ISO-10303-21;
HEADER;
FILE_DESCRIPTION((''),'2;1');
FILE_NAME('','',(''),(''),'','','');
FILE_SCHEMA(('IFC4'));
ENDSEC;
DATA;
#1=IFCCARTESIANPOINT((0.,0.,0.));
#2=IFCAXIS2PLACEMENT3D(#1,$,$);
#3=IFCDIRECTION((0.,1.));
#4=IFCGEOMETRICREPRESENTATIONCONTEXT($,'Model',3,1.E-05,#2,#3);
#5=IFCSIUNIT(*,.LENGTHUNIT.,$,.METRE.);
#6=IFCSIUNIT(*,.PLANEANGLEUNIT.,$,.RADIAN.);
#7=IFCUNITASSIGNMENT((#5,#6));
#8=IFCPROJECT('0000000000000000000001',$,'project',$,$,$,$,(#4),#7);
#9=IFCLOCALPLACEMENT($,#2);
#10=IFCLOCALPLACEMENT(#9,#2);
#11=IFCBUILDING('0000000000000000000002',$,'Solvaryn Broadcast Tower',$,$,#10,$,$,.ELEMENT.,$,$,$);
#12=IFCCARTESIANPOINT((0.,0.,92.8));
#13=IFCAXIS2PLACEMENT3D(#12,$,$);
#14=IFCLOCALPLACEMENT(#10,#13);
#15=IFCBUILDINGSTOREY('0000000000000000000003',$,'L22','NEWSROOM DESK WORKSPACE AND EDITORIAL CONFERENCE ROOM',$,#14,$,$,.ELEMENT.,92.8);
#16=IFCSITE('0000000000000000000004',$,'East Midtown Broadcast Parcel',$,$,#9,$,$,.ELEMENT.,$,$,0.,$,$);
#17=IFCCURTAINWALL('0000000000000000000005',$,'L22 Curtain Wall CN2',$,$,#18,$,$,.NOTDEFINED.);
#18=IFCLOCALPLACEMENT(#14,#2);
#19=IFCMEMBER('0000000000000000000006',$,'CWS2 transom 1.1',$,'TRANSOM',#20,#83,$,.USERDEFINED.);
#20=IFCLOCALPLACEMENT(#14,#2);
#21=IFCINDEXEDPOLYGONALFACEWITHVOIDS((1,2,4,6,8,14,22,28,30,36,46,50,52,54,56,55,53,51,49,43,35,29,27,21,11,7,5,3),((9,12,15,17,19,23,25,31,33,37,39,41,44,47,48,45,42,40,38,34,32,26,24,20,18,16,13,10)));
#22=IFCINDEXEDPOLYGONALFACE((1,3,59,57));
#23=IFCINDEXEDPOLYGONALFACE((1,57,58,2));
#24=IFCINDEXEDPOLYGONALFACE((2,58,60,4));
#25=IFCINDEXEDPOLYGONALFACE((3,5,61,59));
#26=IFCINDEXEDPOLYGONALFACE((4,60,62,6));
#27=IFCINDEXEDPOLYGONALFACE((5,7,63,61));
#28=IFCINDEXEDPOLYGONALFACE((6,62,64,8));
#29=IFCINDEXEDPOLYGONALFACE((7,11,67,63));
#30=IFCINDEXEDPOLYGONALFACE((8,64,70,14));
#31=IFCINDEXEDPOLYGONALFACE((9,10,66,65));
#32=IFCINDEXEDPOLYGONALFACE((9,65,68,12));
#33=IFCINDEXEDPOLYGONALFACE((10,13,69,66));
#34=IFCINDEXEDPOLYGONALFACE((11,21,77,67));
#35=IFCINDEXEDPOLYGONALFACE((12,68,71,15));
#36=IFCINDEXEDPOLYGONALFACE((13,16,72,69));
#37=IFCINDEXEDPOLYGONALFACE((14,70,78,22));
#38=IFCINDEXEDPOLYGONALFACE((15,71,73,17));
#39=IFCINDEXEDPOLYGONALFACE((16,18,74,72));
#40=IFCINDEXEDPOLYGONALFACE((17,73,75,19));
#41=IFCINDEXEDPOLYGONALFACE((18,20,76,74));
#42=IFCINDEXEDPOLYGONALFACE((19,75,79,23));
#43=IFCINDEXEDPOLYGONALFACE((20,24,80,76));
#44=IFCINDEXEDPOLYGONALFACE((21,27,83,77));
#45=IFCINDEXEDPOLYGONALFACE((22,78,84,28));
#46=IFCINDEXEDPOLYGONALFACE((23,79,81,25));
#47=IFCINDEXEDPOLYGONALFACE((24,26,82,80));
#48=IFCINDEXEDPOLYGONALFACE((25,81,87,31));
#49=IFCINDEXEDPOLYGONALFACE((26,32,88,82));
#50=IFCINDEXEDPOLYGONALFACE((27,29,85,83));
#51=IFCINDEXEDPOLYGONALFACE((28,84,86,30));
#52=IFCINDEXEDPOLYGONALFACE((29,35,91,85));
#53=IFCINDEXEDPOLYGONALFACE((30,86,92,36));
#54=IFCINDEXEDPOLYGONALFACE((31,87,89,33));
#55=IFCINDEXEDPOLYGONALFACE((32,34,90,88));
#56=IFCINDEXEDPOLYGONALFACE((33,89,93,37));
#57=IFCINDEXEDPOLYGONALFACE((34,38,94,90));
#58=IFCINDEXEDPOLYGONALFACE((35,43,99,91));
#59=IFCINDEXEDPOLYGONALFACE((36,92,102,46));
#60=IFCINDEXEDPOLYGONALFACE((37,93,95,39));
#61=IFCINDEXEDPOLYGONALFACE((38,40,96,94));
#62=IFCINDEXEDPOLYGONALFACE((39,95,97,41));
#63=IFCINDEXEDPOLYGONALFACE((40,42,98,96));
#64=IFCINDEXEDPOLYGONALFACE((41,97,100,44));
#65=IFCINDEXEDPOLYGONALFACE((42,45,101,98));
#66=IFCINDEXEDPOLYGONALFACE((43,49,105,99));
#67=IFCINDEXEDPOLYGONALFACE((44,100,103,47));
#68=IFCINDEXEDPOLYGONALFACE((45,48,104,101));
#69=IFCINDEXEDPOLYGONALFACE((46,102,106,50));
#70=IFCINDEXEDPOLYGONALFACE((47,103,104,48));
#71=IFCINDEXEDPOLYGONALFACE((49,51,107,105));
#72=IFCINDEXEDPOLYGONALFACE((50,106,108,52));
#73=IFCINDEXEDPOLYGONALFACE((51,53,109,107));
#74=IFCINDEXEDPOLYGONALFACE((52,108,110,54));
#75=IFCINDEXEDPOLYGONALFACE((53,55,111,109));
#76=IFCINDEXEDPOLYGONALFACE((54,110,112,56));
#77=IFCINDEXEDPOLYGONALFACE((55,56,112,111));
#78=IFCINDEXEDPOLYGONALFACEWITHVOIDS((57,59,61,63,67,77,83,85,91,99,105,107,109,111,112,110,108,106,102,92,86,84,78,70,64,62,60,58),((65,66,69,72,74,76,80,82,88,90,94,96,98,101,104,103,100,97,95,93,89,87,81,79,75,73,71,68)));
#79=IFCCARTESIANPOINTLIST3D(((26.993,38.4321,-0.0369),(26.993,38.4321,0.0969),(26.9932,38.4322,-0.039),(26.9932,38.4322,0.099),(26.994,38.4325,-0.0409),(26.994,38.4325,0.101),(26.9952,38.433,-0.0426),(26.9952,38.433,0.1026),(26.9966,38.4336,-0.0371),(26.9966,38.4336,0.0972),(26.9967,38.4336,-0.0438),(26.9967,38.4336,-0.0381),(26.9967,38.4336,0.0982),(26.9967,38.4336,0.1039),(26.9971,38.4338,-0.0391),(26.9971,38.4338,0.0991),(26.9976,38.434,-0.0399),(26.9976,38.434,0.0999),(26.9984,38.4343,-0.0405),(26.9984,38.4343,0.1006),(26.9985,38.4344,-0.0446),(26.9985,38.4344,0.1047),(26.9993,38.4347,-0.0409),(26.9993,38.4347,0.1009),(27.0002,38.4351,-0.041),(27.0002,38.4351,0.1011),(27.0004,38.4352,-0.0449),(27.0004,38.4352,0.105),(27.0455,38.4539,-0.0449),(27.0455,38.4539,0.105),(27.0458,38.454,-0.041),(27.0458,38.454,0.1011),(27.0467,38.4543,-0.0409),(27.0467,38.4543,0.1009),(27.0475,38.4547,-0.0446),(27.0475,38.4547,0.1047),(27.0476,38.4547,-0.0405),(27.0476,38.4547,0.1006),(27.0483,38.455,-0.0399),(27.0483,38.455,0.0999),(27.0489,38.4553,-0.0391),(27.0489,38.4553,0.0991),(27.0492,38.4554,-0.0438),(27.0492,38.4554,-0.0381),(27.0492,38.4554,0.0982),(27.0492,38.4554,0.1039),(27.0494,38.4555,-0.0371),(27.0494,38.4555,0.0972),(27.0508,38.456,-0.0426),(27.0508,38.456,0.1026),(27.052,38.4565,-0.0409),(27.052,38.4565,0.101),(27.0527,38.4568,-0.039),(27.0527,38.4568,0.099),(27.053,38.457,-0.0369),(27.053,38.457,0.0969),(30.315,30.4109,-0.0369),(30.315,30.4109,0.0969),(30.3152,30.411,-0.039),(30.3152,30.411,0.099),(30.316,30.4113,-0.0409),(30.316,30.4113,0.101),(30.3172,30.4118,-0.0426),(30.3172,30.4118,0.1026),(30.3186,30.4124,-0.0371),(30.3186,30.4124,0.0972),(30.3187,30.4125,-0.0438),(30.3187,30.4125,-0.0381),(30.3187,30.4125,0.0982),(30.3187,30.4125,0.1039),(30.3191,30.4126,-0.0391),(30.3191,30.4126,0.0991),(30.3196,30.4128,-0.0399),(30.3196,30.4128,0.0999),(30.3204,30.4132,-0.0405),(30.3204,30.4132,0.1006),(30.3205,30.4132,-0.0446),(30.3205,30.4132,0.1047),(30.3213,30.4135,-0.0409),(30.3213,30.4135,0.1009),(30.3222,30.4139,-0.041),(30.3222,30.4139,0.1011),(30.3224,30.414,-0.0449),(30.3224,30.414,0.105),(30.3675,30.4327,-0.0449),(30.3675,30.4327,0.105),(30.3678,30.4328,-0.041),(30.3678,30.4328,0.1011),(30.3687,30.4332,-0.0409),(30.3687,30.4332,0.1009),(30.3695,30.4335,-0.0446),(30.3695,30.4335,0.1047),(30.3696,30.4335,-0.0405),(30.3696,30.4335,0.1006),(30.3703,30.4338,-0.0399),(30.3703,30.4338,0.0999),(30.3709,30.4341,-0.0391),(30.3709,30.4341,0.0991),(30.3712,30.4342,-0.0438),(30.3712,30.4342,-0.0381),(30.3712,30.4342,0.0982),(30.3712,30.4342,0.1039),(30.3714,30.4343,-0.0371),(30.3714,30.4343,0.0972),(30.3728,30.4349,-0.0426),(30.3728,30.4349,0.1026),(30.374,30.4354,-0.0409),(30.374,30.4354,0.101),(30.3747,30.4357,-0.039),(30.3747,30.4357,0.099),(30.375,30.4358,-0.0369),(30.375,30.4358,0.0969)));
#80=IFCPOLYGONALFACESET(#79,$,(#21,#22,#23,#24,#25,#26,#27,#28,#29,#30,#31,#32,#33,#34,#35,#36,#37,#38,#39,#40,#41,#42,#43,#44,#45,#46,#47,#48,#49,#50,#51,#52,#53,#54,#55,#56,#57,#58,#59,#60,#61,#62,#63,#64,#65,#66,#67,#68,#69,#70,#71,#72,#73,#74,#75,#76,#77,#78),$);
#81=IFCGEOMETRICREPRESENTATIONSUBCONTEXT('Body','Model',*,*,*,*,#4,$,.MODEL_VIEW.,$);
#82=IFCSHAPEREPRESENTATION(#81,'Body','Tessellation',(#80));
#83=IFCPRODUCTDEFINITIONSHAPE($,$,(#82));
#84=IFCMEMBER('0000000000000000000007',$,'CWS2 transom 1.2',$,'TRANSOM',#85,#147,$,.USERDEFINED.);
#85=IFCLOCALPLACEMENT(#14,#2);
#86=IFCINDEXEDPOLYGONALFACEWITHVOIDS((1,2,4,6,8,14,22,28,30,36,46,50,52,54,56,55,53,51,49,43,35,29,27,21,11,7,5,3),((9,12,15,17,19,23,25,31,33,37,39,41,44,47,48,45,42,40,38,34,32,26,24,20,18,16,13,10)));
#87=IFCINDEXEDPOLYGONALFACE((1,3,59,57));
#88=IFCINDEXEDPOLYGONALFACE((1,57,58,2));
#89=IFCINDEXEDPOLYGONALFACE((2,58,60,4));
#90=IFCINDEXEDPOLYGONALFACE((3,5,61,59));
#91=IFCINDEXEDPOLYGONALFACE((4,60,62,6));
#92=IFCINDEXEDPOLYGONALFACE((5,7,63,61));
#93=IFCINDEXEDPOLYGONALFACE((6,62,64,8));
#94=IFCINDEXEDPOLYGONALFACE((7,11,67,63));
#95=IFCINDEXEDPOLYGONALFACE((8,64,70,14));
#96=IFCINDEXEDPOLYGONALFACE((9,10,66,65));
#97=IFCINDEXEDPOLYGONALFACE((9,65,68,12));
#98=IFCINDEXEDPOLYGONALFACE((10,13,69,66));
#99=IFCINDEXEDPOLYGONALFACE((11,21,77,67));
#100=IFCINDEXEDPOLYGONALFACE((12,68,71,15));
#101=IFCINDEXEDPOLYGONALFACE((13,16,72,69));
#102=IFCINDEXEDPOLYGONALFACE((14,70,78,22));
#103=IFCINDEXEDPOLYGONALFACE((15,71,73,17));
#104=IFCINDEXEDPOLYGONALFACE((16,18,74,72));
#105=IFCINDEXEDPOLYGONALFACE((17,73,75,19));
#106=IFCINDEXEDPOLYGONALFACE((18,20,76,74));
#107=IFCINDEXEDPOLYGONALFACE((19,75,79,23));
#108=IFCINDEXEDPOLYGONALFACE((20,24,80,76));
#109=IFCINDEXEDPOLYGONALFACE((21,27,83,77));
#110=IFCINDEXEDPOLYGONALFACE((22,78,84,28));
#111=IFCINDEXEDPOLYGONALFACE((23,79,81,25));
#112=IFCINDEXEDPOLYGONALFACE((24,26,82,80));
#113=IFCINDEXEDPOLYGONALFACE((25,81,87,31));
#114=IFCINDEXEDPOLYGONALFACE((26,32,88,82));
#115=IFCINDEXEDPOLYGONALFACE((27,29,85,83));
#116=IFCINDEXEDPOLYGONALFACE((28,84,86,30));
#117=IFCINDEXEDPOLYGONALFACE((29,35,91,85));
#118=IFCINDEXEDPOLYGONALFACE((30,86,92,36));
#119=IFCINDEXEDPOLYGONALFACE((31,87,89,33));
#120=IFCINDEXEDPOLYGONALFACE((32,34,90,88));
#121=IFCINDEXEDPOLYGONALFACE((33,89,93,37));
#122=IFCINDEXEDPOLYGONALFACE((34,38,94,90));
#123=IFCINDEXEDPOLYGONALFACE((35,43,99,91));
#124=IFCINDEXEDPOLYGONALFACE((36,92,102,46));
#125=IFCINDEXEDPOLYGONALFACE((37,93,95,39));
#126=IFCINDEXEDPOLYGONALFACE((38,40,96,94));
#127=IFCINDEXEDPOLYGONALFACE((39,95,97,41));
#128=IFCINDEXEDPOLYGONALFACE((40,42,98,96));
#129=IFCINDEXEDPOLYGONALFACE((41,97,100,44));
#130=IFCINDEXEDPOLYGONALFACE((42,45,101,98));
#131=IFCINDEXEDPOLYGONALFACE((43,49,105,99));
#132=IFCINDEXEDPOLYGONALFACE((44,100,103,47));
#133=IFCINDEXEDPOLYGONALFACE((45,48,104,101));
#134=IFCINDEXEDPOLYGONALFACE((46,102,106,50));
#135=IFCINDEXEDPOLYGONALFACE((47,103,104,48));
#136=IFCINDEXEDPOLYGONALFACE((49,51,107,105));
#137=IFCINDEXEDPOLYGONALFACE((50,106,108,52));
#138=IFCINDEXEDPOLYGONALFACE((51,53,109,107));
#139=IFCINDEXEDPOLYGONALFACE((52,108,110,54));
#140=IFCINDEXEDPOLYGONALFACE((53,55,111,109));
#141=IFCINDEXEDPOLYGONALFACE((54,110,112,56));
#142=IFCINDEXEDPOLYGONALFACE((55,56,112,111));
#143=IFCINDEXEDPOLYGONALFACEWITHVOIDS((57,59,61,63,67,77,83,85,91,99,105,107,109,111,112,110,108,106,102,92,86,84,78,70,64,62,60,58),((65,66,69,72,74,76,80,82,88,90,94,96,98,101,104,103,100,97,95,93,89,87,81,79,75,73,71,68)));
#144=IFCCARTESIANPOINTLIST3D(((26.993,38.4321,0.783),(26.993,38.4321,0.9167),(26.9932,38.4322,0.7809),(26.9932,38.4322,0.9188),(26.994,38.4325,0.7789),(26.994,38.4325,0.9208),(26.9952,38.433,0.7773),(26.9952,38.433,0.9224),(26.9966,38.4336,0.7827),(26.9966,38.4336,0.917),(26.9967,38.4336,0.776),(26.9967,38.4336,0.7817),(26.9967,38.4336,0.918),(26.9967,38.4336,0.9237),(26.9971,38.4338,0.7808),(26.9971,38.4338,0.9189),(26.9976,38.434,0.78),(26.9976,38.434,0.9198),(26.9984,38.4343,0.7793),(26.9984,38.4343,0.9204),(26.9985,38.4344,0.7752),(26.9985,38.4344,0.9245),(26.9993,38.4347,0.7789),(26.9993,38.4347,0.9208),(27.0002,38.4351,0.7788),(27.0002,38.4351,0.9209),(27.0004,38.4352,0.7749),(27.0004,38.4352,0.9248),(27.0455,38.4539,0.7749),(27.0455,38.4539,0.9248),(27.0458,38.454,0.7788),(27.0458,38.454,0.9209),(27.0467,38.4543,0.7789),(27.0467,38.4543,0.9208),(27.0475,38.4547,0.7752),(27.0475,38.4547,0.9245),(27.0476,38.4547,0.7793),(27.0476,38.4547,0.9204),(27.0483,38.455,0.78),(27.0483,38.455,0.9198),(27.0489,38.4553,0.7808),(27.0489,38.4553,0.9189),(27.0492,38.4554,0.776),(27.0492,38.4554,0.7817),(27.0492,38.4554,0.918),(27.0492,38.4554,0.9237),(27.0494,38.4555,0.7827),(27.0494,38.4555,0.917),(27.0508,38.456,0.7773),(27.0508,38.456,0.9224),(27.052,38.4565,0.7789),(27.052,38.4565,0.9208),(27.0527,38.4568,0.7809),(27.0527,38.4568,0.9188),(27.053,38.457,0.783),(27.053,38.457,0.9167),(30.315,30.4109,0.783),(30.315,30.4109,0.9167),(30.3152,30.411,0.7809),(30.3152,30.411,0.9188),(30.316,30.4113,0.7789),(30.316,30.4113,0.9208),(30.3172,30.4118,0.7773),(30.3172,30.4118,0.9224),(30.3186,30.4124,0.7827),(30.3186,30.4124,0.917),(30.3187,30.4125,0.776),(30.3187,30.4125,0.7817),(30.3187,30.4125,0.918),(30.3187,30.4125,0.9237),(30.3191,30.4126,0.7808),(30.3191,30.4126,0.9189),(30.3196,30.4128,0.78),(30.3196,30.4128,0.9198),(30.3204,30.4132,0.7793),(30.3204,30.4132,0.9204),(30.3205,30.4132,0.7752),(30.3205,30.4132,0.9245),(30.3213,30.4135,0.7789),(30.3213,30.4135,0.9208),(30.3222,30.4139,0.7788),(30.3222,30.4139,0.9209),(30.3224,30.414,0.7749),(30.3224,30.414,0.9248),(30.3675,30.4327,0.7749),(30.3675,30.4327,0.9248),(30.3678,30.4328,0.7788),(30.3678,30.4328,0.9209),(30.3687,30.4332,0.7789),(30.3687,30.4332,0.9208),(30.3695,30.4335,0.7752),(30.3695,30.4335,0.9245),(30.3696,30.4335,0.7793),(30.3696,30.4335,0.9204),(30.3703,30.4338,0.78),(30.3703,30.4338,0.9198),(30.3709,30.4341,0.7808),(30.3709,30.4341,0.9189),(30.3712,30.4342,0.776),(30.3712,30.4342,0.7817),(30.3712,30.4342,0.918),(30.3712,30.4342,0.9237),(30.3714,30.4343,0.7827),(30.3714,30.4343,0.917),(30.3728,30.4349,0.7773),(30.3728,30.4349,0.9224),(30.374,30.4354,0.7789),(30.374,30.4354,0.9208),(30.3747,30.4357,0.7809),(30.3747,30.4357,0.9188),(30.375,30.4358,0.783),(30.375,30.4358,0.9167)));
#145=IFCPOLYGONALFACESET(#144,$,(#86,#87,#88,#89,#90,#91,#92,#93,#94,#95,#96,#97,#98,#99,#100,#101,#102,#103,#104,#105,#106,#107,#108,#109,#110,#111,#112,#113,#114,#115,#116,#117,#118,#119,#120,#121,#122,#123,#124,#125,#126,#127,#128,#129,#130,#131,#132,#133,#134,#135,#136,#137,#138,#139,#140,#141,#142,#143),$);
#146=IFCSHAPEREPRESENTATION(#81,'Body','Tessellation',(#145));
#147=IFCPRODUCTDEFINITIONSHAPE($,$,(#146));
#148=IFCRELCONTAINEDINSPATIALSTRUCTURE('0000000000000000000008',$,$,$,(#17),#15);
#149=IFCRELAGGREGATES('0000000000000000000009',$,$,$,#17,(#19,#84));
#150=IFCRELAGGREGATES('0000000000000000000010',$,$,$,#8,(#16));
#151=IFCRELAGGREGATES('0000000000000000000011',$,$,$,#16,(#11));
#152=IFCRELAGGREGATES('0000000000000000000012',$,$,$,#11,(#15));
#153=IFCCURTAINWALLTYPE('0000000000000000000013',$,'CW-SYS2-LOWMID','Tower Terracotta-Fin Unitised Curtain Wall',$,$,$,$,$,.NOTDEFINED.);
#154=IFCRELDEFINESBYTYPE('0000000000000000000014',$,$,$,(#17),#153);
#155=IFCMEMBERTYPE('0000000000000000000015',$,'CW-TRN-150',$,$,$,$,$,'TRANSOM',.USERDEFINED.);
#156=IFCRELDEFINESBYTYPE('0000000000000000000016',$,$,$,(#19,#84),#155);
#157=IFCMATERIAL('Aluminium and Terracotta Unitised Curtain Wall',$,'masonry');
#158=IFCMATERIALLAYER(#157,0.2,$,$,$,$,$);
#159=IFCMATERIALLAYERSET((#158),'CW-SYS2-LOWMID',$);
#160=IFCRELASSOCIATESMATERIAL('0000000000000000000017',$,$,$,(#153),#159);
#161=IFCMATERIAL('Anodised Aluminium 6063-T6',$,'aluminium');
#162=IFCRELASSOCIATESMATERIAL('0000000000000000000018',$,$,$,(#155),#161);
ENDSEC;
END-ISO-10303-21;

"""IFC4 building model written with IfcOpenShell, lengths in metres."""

from ifc_helpers import new_model, si_unit, direction, frame, origin, origin_2d, place, context, subcontext, project, spatial, hollow_rectangle, extrude, material, layer, layer_set, material_profile, profile_set, type_object, element, aggregate, save


model = new_model("IFC4")

# Units and contexts
model_context = context("Model", 3, precision=1e-05, world=origin(), true_north=direction((0.0, 1.0)))
body_context = subcontext(model_context, "Body", "Model", "MODEL_VIEW")
ifc_project = project(units=[si_unit("LENGTHUNIT", "METRE"), si_unit("PLANEANGLEUNIT", "RADIAN")], contexts=[model_context])

# Site, building, storey
site_placement = place(None, origin())
site = spatial("IfcSite", under=ifc_project, at=site_placement, Name="East Midtown Broadcast Parcel", CompositionType="ELEMENT", RefElevation=0.0)
building_placement = place(site_placement, origin())
building = spatial("IfcBuilding", under=site, at=building_placement, Name="Solvaryn Broadcast Tower", CompositionType="ELEMENT")
storey_placement = place(building_placement, frame((0.0, 0.0, 92.8)))
storey = spatial("IfcBuildingStorey", under=building, at=storey_placement, Name="L22", Description="NEWSROOM DESK WORKSPACE AND EDITORIAL CONFERENCE ROOM", CompositionType="ELEMENT", Elevation=92.8)

# Shared definitions
ifc_material_1 = material(Name="Aluminium and Terracotta Unitised Curtain Wall", Category="masonry")
ifc_layer_1 = layer(ifc_material_1, 0.2)
ifc_layer_set_1 = layer_set([ifc_layer_1], Name="CW-SYS2-LOWMID")
curtain_wall_type = type_object("IfcCurtainWallType", Name="CW-SYS2-LOWMID", Description="Tower Terracotta-Fin Unitised Curtain Wall", PredefinedType="NOTDEFINED", material=ifc_layer_set_1)

# Curtain wall, members
curtain_wall_1_placement = place(storey_placement, origin())
curtain_wall_1 = element("IfcCurtainWall", 1, at=curtain_wall_1_placement, inside=storey, type_object=curtain_wall_type, Name="L22 Curtain Wall CN2", PredefinedType="NOTDEFINED")
ifc_material_2 = material(Name="Anodised Aluminium 6063-T6", Category="aluminium")
ifc_material_profile_1 = material_profile(ifc_material_2, hollow_rectangle(XDim=0.0649, YDim=0.1499, WallThickness=0.0039, InnerFilletRadius=0.0039, OuterFilletRadius=0.0081, at=origin_2d()))
ifc_profile_set_1 = profile_set([ifc_material_profile_1], Name="Anodised Aluminium 6063-T6")
member_type_1 = type_object("IfcMemberType", Name="CW-TRN-150", ElementType="TRANSOM", PredefinedType="USERDEFINED", material=ifc_profile_set_1)
member_1_placement = place(storey_placement, frame((30.345, 30.4233, 0.03), z_axis=(-0.382636, 0.923899, 0.0), x_axis=(-0.923899, -0.382636, 0.0)))
member_1 = element("IfcMember", 2, at=member_1_placement, type_object=member_type_1, Name="CWS2 transom 1.1", ObjectType="TRANSOM", PredefinedType="USERDEFINED", context=body_context, shape_type="SweptSolid", body=[
    extrude(hollow_rectangle(XDim=0.0649, YDim=0.1499, WallThickness=0.0039, InnerFilletRadius=0.0039, OuterFilletRadius=0.0081, at=origin_2d()), origin(), (0.0, 0.0, 1.0), 8.6819),
])
member_2_placement = place(storey_placement, frame((30.345, 30.4233, 0.8499), z_axis=(-0.382636, 0.923899, 0.0), x_axis=(-0.923899, -0.382636, 0.0)))
member_2 = element("IfcMember", 3, at=member_2_placement, type_object=member_type_1, Name="CWS2 transom 1.2", ObjectType="TRANSOM", PredefinedType="USERDEFINED", context=body_context, shape_type="SweptSolid", body=[
    extrude(hollow_rectangle(XDim=0.0649, YDim=0.1499, WallThickness=0.0039, InnerFilletRadius=0.0039, OuterFilletRadius=0.0081, at=origin_2d()), origin(), (0.0, 0.0, 1.0), 8.6819),
])
aggregate(curtain_wall_1, [member_1, member_2])

save(model, "model.ifc")
